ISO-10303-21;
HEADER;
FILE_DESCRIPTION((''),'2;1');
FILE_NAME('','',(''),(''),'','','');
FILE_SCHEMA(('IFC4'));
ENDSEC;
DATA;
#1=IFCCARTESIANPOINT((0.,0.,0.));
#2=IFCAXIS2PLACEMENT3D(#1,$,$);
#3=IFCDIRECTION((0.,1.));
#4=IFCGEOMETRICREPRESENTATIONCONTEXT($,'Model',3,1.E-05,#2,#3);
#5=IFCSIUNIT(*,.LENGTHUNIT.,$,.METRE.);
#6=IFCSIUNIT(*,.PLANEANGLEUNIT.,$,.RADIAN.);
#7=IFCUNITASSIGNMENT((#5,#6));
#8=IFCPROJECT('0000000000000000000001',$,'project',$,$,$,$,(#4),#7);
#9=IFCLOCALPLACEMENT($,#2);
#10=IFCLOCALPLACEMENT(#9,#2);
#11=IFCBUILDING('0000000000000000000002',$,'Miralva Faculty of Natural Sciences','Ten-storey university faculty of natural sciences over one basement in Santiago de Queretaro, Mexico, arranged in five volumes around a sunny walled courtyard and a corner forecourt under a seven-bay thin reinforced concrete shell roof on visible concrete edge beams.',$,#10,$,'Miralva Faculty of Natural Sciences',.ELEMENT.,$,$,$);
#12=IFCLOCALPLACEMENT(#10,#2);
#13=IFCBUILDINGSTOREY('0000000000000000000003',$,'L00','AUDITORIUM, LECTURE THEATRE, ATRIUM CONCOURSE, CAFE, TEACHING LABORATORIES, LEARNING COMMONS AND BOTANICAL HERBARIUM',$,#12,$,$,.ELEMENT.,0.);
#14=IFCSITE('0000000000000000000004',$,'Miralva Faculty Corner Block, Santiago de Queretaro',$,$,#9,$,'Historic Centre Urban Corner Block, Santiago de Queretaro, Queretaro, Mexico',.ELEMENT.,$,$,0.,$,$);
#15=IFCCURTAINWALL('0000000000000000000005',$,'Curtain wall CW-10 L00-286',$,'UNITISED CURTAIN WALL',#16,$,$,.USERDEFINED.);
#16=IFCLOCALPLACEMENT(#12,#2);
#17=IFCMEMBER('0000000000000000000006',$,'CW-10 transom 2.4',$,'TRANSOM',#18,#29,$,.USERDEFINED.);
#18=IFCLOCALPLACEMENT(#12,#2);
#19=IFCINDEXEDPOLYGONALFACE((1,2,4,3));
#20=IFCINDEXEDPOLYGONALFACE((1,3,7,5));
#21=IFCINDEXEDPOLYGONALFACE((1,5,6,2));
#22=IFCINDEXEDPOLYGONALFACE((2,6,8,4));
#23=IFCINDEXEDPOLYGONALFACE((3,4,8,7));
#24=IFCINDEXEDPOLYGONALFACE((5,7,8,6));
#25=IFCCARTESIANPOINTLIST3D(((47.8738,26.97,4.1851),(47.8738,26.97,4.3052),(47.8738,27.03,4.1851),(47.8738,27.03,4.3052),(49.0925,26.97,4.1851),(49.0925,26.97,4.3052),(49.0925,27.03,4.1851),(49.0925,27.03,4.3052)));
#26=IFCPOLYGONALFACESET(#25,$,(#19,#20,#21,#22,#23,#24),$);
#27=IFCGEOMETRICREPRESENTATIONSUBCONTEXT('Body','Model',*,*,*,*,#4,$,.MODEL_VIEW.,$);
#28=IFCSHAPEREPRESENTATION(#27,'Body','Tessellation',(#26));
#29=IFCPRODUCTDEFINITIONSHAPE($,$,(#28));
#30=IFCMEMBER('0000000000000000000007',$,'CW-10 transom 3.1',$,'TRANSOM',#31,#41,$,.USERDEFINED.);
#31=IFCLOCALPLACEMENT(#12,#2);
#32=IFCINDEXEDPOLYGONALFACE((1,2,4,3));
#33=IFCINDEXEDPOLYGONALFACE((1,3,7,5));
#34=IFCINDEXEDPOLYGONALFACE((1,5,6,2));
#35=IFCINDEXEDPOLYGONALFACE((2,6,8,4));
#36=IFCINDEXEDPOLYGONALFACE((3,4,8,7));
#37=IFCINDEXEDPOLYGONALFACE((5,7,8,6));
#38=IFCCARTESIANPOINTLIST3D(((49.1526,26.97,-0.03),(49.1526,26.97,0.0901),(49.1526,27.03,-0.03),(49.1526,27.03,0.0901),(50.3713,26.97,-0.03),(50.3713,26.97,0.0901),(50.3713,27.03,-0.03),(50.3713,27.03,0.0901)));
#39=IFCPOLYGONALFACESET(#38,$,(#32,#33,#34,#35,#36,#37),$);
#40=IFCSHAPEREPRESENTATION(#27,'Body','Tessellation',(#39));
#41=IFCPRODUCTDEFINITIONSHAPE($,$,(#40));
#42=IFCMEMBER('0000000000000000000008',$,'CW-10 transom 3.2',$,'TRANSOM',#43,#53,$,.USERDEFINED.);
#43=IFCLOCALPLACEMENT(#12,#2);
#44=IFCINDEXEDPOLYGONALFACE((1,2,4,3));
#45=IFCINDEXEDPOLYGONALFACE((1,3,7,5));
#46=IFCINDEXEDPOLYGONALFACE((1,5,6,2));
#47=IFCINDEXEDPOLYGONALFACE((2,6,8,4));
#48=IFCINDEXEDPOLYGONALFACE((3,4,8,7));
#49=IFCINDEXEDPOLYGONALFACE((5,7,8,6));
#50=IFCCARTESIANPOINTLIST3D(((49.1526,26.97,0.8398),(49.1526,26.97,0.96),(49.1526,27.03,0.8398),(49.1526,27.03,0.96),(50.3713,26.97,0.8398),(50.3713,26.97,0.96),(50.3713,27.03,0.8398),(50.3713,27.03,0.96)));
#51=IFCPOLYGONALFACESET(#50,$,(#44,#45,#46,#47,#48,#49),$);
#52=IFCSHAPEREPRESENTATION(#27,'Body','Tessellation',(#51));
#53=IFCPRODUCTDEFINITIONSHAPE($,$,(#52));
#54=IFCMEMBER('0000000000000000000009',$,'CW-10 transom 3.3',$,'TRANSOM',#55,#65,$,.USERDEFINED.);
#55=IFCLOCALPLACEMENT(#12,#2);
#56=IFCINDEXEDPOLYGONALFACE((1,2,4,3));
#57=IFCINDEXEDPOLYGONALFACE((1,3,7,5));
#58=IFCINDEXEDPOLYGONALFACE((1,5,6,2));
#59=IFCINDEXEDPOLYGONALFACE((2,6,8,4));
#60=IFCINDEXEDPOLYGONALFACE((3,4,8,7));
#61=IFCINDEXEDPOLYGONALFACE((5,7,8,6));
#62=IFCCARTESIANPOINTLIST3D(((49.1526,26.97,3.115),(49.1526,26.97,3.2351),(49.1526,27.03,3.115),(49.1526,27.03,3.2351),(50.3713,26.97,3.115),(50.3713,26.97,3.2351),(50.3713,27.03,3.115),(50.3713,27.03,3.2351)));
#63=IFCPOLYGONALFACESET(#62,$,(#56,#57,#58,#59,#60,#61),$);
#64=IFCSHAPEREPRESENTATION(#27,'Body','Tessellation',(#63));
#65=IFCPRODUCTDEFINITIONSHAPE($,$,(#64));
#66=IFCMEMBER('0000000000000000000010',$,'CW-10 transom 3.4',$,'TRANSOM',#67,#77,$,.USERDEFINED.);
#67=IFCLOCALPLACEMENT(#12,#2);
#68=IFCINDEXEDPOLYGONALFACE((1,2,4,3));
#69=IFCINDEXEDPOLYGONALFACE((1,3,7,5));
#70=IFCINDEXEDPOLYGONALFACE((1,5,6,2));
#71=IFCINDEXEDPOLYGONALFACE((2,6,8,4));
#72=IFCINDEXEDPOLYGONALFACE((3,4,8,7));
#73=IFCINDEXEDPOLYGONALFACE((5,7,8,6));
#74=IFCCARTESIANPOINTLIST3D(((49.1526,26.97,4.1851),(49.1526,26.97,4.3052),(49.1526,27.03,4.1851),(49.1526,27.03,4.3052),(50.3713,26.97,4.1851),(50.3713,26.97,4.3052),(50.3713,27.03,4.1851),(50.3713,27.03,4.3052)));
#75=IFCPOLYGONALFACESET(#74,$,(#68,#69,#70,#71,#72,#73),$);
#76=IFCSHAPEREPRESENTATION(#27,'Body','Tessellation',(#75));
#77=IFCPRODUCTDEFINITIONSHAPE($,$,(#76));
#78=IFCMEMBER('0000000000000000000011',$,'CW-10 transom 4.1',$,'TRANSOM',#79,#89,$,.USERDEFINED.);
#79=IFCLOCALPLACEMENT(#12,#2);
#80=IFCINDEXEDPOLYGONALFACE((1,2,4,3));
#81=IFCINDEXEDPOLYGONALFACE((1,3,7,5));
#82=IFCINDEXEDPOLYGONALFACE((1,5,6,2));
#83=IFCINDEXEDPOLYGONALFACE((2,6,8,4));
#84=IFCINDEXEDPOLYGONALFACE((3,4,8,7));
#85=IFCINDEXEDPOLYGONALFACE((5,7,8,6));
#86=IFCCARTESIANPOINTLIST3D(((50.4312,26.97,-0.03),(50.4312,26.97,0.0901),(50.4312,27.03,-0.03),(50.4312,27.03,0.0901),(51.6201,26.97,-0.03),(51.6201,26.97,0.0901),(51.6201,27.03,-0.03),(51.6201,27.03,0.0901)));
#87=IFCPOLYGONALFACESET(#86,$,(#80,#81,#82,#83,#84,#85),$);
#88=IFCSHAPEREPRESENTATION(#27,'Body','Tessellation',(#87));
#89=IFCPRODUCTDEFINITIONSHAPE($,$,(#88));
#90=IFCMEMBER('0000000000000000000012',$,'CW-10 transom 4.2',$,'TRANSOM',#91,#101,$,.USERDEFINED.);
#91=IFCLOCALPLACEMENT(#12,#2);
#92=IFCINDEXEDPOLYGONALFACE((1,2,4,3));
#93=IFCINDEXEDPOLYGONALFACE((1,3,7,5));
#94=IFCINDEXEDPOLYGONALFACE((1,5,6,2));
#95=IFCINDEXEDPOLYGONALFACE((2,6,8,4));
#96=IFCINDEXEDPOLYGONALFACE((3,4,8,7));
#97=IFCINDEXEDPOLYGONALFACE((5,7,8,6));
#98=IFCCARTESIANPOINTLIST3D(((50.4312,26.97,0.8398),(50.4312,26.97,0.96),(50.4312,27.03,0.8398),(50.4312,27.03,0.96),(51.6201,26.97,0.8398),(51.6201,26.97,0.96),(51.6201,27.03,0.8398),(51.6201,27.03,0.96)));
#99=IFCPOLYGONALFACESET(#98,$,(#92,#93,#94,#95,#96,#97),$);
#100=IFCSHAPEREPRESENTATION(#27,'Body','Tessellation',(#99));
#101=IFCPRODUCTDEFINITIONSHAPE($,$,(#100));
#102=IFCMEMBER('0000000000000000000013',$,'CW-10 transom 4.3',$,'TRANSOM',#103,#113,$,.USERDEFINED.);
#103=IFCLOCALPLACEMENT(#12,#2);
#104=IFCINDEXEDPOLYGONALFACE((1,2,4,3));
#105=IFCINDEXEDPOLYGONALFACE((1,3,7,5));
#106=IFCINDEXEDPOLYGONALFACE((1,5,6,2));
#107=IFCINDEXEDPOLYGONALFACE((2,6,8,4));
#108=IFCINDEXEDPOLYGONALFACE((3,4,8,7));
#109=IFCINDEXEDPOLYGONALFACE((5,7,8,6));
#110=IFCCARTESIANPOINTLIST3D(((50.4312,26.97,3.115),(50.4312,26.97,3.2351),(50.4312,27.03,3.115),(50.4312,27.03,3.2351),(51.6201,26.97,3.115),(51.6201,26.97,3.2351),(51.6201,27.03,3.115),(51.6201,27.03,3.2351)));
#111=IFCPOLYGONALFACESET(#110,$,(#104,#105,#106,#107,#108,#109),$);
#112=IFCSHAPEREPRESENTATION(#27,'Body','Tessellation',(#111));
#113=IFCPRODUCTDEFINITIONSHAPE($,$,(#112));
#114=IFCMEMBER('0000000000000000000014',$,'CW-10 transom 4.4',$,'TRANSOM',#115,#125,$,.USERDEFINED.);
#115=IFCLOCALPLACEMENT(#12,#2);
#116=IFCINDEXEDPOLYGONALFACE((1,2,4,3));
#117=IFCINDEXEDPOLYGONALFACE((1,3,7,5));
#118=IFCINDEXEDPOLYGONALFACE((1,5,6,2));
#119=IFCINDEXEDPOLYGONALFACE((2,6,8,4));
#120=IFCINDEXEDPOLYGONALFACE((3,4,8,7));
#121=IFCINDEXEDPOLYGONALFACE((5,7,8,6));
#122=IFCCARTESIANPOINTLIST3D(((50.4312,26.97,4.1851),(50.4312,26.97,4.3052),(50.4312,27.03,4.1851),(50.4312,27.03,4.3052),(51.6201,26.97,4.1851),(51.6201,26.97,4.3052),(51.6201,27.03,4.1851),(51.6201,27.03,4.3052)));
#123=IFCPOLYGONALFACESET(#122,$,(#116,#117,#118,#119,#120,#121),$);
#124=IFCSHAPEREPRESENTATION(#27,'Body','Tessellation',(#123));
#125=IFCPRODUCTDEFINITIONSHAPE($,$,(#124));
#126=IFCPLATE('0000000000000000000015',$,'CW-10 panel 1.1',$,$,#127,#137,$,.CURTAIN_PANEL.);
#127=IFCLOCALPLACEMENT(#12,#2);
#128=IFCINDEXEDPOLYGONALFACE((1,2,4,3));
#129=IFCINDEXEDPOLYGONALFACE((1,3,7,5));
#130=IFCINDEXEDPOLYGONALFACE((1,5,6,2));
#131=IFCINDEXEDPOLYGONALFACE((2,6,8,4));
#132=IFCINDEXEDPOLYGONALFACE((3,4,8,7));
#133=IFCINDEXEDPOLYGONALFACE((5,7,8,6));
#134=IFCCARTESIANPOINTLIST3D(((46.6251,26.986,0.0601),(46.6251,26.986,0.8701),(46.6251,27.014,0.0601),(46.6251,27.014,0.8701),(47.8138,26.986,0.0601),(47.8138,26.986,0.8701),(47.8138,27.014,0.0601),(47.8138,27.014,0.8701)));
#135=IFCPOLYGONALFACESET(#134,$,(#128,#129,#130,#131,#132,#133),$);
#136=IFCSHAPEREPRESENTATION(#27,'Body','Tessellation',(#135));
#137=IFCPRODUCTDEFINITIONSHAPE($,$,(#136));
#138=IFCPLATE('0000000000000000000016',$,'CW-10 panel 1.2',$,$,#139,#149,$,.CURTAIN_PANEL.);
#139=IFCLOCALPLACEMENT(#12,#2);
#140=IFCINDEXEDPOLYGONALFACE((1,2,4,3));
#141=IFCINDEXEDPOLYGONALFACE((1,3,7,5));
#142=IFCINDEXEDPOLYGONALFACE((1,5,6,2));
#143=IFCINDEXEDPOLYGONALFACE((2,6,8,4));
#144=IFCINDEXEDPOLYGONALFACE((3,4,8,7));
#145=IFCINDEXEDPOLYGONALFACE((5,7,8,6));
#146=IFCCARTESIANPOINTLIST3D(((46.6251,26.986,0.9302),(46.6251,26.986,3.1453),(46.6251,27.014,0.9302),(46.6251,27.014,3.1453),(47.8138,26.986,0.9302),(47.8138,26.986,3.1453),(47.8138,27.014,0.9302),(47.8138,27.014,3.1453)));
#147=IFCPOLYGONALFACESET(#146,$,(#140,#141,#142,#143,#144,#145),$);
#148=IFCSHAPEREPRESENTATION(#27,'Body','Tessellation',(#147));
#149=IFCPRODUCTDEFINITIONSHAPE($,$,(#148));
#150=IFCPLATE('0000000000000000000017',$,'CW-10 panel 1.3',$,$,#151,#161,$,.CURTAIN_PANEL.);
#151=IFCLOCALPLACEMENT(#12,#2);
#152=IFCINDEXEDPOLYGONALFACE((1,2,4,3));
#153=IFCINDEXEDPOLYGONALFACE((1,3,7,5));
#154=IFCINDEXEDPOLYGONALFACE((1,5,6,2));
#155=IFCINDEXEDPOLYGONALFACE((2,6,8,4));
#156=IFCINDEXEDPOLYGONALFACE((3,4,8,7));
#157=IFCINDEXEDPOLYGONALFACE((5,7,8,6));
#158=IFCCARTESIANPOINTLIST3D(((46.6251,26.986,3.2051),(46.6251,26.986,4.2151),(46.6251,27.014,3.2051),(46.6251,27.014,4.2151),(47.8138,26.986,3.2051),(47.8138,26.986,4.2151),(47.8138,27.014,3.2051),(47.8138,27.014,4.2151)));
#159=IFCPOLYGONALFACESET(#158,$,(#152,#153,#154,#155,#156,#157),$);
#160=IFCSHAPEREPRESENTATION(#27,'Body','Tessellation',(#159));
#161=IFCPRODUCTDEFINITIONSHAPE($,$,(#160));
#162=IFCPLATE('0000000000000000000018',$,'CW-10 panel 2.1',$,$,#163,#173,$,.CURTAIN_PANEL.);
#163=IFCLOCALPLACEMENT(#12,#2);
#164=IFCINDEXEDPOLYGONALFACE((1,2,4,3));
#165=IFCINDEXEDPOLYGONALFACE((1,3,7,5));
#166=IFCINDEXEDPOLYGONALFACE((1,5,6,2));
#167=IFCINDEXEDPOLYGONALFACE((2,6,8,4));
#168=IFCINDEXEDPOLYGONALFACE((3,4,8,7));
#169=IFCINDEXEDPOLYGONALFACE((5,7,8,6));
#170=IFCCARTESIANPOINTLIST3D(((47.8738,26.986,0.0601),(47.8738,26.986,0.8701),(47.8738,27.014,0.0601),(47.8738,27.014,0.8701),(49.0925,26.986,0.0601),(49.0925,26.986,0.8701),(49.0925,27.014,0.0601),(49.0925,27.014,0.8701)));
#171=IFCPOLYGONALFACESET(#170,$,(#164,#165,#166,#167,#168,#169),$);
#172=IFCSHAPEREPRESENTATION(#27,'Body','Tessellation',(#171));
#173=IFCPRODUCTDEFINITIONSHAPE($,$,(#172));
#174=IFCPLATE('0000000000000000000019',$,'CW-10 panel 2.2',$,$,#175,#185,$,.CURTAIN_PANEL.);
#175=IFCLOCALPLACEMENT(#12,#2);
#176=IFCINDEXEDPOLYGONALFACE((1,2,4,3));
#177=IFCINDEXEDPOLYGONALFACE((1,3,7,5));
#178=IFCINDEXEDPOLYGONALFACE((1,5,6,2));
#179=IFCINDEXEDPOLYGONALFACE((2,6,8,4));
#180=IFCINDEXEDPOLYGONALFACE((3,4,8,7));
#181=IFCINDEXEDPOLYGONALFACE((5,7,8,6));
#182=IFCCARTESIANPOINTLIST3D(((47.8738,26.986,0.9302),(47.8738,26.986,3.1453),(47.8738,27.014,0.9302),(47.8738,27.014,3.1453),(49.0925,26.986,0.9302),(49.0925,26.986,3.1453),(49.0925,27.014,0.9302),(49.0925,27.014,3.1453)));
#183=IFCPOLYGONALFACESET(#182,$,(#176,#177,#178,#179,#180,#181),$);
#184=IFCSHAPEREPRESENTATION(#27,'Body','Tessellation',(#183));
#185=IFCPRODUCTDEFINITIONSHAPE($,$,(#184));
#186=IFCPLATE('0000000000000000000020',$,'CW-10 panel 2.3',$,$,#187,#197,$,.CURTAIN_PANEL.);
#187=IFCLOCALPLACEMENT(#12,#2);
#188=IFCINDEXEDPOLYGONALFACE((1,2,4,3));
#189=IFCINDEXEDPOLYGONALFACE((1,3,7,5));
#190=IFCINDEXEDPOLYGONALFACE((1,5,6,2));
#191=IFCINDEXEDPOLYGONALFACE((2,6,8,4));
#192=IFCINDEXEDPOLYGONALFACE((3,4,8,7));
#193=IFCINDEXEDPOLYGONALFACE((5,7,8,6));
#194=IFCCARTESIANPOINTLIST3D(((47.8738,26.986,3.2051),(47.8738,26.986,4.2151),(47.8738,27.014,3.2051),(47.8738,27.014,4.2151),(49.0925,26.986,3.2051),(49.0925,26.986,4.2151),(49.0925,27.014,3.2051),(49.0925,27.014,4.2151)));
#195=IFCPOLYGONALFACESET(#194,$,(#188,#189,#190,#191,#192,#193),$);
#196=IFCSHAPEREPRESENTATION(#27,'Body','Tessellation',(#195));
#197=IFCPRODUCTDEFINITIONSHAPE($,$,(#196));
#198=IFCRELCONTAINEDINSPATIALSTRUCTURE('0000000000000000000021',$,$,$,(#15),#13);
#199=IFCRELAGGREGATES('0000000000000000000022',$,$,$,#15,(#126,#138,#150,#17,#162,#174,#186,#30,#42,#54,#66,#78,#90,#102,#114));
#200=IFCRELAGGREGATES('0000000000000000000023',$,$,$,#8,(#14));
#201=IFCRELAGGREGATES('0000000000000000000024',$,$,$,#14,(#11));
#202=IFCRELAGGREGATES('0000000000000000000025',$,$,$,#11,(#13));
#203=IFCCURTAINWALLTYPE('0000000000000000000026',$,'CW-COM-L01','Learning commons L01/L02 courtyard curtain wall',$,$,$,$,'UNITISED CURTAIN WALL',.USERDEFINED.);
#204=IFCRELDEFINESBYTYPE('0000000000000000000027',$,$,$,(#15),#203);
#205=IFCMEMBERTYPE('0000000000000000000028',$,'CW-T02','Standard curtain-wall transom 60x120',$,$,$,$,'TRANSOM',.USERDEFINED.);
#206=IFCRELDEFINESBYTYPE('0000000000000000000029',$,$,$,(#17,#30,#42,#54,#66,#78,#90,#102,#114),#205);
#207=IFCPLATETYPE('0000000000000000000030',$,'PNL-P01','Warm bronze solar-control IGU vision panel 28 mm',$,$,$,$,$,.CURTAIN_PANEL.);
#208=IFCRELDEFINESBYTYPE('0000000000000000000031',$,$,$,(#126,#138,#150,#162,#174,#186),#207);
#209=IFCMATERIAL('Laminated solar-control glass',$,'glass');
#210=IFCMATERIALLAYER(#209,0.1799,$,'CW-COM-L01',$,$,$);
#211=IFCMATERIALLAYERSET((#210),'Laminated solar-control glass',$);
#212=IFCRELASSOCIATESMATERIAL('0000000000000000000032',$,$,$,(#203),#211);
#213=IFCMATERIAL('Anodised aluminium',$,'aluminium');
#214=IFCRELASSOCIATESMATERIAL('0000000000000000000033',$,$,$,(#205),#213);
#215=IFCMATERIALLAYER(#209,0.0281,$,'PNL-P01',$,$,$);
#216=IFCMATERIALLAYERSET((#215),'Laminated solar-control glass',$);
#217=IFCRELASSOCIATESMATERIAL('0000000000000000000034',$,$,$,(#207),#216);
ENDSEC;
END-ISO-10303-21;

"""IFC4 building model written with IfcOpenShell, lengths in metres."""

from ifc_helpers import new_model, si_unit, direction, frame, origin, origin_2d, place, context, subcontext, project, spatial, rectangle, extrude, material, layer, layer_set, material_profile, profile_set, type_object, element, aggregate, save


model = new_model("IFC4")

# Units and contexts
model_context = context("Model", 3, precision=1e-05, world=origin(), true_north=direction((0.0, 1.0)))
body_context = subcontext(model_context, "Body", "Model", "MODEL_VIEW")
ifc_project = project(units=[si_unit("LENGTHUNIT", "METRE"), si_unit("PLANEANGLEUNIT", "RADIAN")], contexts=[model_context])

# Site, building, storey
site_placement = place(None, origin())
site = spatial("IfcSite", under=ifc_project, at=site_placement, Name="Miralva Faculty Corner Block, Santiago de Queretaro", LongName="Historic Centre Urban Corner Block, Santiago de Queretaro, Queretaro, Mexico", CompositionType="ELEMENT", RefElevation=0.0)
building_placement = place(site_placement, origin())
building = spatial("IfcBuilding", under=site, at=building_placement, Name="Miralva Faculty of Natural Sciences", Description="Ten-storey university faculty of natural sciences over one basement in Santiago de Queretaro, Mexico, arranged in five volumes around a sunny walled courtyard and a corner forecourt under a seven-bay thin reinforced concrete shell roof on visible concrete edge beams.", LongName="Miralva Faculty of Natural Sciences", CompositionType="ELEMENT")
storey_placement = place(building_placement, origin())
storey = spatial("IfcBuildingStorey", under=building, at=storey_placement, Name="L00", Description="AUDITORIUM, LECTURE THEATRE, ATRIUM CONCOURSE, CAFE, TEACHING LABORATORIES, LEARNING COMMONS AND BOTANICAL HERBARIUM", CompositionType="ELEMENT", Elevation=0.0)

# Shared definitions
ifc_material_1 = material(Name="Laminated solar-control glass", Category="glass")
ifc_material_2 = material(Name="Anodised aluminium", Category="aluminium")

# Curtain wall, members, plates
ifc_layer_1 = layer(ifc_material_1, 0.1799, Name="CW-COM-L01")
ifc_layer_set_1 = layer_set([ifc_layer_1], Name="Laminated solar-control glass")
curtain_wall_type_1 = type_object("IfcCurtainWallType", Name="CW-COM-L01", Description="Learning commons L01/L02 courtyard curtain wall", ElementType="UNITISED CURTAIN WALL", PredefinedType="USERDEFINED", material=ifc_layer_set_1)
curtain_wall_1_placement = place(storey_placement, origin())
curtain_wall_1 = element("IfcCurtainWall", 1, at=curtain_wall_1_placement, inside=storey, type_object=curtain_wall_type_1, Name="Curtain wall CW-10 L00-286", ObjectType="UNITISED CURTAIN WALL", PredefinedType="USERDEFINED")
ifc_material_profile_1 = material_profile(ifc_material_2, rectangle(XDim=0.0601, YDim=0.1201, at=origin_2d()), Name="TRANSOM 60x120")
ifc_profile_set_1 = profile_set([ifc_material_profile_1], Name="Anodised aluminium")
member_type_1 = type_object("IfcMemberType", Name="CW-T02", Description="Standard curtain-wall transom 60x120", ElementType="TRANSOM", PredefinedType="USERDEFINED", material=ifc_profile_set_1)
member_1_placement = place(storey_placement, frame((47.8738, 27.0, 4.2451), z_axis=(1.0, 0.0, 0.0), x_axis=(0.0, 1.0, 0.0)))
member_1 = element("IfcMember", 2, at=member_1_placement, type_object=member_type_1, Name="CW-10 transom 2.4", ObjectType="TRANSOM", PredefinedType="USERDEFINED", context=body_context, shape_type="SweptSolid", body=[
    extrude(rectangle(XDim=0.0601, YDim=0.1201, at=origin_2d()), origin(), (0.0, 0.0, 1.0), 1.2188),
])
member_2_placement = place(storey_placement, frame((49.1526, 27.0, 0.03), z_axis=(1.0, 0.0, 0.0), x_axis=(0.0, 1.0, 0.0)))
member_2 = element("IfcMember", 3, at=member_2_placement, type_object=member_type_1, Name="CW-10 transom 3.1", ObjectType="TRANSOM", PredefinedType="USERDEFINED", context=body_context, shape_type="SweptSolid", body=[
    extrude(rectangle(XDim=0.0601, YDim=0.1201, at=origin_2d()), origin(), (0.0, 0.0, 1.0), 1.2188),
])
member_3_placement = place(storey_placement, frame((49.1526, 27.0, 0.8999), z_axis=(1.0, 0.0, 0.0), x_axis=(0.0, 1.0, 0.0)))
member_3 = element("IfcMember", 4, at=member_3_placement, type_object=member_type_1, Name="CW-10 transom 3.2", ObjectType="TRANSOM", PredefinedType="USERDEFINED", context=body_context, shape_type="SweptSolid", body=[
    extrude(rectangle(XDim=0.0601, YDim=0.1201, at=origin_2d()), origin(), (0.0, 0.0, 1.0), 1.2188),
])
member_4_placement = place(storey_placement, frame((49.1526, 27.0, 3.175), z_axis=(1.0, 0.0, 0.0), x_axis=(0.0, 1.0, 0.0)))
member_4 = element("IfcMember", 5, at=member_4_placement, type_object=member_type_1, Name="CW-10 transom 3.3", ObjectType="TRANSOM", PredefinedType="USERDEFINED", context=body_context, shape_type="SweptSolid", body=[
    extrude(rectangle(XDim=0.0601, YDim=0.1201, at=origin_2d()), origin(), (0.0, 0.0, 1.0), 1.2188),
])
member_5_placement = place(storey_placement, frame((49.1526, 27.0, 4.2451), z_axis=(1.0, 0.0, 0.0), x_axis=(0.0, 1.0, 0.0)))
member_5 = element("IfcMember", 6, at=member_5_placement, type_object=member_type_1, Name="CW-10 transom 3.4", ObjectType="TRANSOM", PredefinedType="USERDEFINED", context=body_context, shape_type="SweptSolid", body=[
    extrude(rectangle(XDim=0.0601, YDim=0.1201, at=origin_2d()), origin(), (0.0, 0.0, 1.0), 1.2188),
])
member_6_placement = place(storey_placement, frame((50.4312, 27.0, 0.03), z_axis=(1.0, 0.0, 0.0), x_axis=(0.0, 1.0, 0.0)))
member_6 = element("IfcMember", 7, at=member_6_placement, type_object=member_type_1, Name="CW-10 transom 4.1", ObjectType="TRANSOM", PredefinedType="USERDEFINED", context=body_context, shape_type="SweptSolid", body=[
    extrude(rectangle(XDim=0.0601, YDim=0.1201, at=origin_2d()), origin(), (0.0, 0.0, 1.0), 1.189),
])
member_7_placement = place(storey_placement, frame((50.4312, 27.0, 0.8999), z_axis=(1.0, 0.0, 0.0), x_axis=(0.0, 1.0, 0.0)))
member_7 = element("IfcMember", 8, at=member_7_placement, type_object=member_type_1, Name="CW-10 transom 4.2", ObjectType="TRANSOM", PredefinedType="USERDEFINED", context=body_context, shape_type="SweptSolid", body=[
    extrude(rectangle(XDim=0.0601, YDim=0.1201, at=origin_2d()), origin(), (0.0, 0.0, 1.0), 1.189),
])
member_8_placement = place(storey_placement, frame((50.4312, 27.0, 3.175), z_axis=(1.0, 0.0, 0.0), x_axis=(0.0, 1.0, 0.0)))
member_8 = element("IfcMember", 9, at=member_8_placement, type_object=member_type_1, Name="CW-10 transom 4.3", ObjectType="TRANSOM", PredefinedType="USERDEFINED", context=body_context, shape_type="SweptSolid", body=[
    extrude(rectangle(XDim=0.0601, YDim=0.1201, at=origin_2d()), origin(), (0.0, 0.0, 1.0), 1.189),
])
member_9_placement = place(storey_placement, frame((50.4312, 27.0, 4.2451), z_axis=(1.0, 0.0, 0.0), x_axis=(0.0, 1.0, 0.0)))
member_9 = element("IfcMember", 10, at=member_9_placement, type_object=member_type_1, Name="CW-10 transom 4.4", ObjectType="TRANSOM", PredefinedType="USERDEFINED", context=body_context, shape_type="SweptSolid", body=[
    extrude(rectangle(XDim=0.0601, YDim=0.1201, at=origin_2d()), origin(), (0.0, 0.0, 1.0), 1.189),
])
ifc_layer_2 = layer(ifc_material_1, 0.0281, Name="PNL-P01")
ifc_layer_set_2 = layer_set([ifc_layer_2], Name="Laminated solar-control glass")
plate_type = type_object("IfcPlateType", Name="PNL-P01", Description="Warm bronze solar-control IGU vision panel 28 mm", PredefinedType="CURTAIN_PANEL", material=ifc_layer_set_2)
plate_1_placement = place(storey_placement, frame((47.2195, 27.0, 0.0601), z_axis=(0.0, 0.0, 1.0), x_axis=(1.0, 0.0, 0.0)))
plate_1 = element("IfcPlate", 11, at=plate_1_placement, type_object=plate_type, Name="CW-10 panel 1.1", PredefinedType="CURTAIN_PANEL", context=body_context, shape_type="SweptSolid", body=[
    extrude(rectangle(XDim=1.1887, YDim=0.0281, at=origin_2d()), origin(), (0.0, 0.0, 1.0), 0.8101),
])
plate_2_placement = place(storey_placement, frame((47.2195, 27.0, 0.9302), z_axis=(0.0, 0.0, 1.0), x_axis=(1.0, 0.0, 0.0)))
plate_2 = element("IfcPlate", 12, at=plate_2_placement, type_object=plate_type, Name="CW-10 panel 1.2", PredefinedType="CURTAIN_PANEL", context=body_context, shape_type="SweptSolid", body=[
    extrude(rectangle(XDim=1.1887, YDim=0.0281, at=origin_2d()), origin(), (0.0, 0.0, 1.0), 2.2151),
])
plate_3_placement = place(storey_placement, frame((47.2195, 27.0, 3.2051), z_axis=(0.0, 0.0, 1.0), x_axis=(1.0, 0.0, 0.0)))
plate_3 = element("IfcPlate", 13, at=plate_3_placement, type_object=plate_type, Name="CW-10 panel 1.3", PredefinedType="CURTAIN_PANEL", context=body_context, shape_type="SweptSolid", body=[
    extrude(rectangle(XDim=1.1887, YDim=0.0281, at=origin_2d()), origin(), (0.0, 0.0, 1.0), 1.01),
])
plate_4_placement = place(storey_placement, frame((48.4832, 27.0, 0.0601), z_axis=(0.0, 0.0, 1.0), x_axis=(1.0, 0.0, 0.0)))
plate_4 = element("IfcPlate", 14, at=plate_4_placement, type_object=plate_type, Name="CW-10 panel 2.1", PredefinedType="CURTAIN_PANEL", context=body_context, shape_type="SweptSolid", body=[
    extrude(rectangle(XDim=1.2188, YDim=0.0281, at=origin_2d()), origin(), (0.0, 0.0, 1.0), 0.8101),
])
plate_5_placement = place(storey_placement, frame((48.4832, 27.0, 0.9302), z_axis=(0.0, 0.0, 1.0), x_axis=(1.0, 0.0, 0.0)))
plate_5 = element("IfcPlate", 15, at=plate_5_placement, type_object=plate_type, Name="CW-10 panel 2.2", PredefinedType="CURTAIN_PANEL", context=body_context, shape_type="SweptSolid", body=[
    extrude(rectangle(XDim=1.2188, YDim=0.0281, at=origin_2d()), origin(), (0.0, 0.0, 1.0), 2.2151),
])
plate_6_placement = place(storey_placement, frame((48.4832, 27.0, 3.2051), z_axis=(0.0, 0.0, 1.0), x_axis=(1.0, 0.0, 0.0)))
plate_6 = element("IfcPlate", 16, at=plate_6_placement, type_object=plate_type, Name="CW-10 panel 2.3", PredefinedType="CURTAIN_PANEL", context=body_context, shape_type="SweptSolid", body=[
    extrude(rectangle(XDim=1.2188, YDim=0.0281, at=origin_2d()), origin(), (0.0, 0.0, 1.0), 1.01),
])
aggregate(curtain_wall_1, [plate_1, plate_2, plate_3, member_1, plate_4, plate_5, plate_6, member_2, member_3, member_4, member_5, member_6, member_7, member_8, member_9])

save(model, "model.ifc")
